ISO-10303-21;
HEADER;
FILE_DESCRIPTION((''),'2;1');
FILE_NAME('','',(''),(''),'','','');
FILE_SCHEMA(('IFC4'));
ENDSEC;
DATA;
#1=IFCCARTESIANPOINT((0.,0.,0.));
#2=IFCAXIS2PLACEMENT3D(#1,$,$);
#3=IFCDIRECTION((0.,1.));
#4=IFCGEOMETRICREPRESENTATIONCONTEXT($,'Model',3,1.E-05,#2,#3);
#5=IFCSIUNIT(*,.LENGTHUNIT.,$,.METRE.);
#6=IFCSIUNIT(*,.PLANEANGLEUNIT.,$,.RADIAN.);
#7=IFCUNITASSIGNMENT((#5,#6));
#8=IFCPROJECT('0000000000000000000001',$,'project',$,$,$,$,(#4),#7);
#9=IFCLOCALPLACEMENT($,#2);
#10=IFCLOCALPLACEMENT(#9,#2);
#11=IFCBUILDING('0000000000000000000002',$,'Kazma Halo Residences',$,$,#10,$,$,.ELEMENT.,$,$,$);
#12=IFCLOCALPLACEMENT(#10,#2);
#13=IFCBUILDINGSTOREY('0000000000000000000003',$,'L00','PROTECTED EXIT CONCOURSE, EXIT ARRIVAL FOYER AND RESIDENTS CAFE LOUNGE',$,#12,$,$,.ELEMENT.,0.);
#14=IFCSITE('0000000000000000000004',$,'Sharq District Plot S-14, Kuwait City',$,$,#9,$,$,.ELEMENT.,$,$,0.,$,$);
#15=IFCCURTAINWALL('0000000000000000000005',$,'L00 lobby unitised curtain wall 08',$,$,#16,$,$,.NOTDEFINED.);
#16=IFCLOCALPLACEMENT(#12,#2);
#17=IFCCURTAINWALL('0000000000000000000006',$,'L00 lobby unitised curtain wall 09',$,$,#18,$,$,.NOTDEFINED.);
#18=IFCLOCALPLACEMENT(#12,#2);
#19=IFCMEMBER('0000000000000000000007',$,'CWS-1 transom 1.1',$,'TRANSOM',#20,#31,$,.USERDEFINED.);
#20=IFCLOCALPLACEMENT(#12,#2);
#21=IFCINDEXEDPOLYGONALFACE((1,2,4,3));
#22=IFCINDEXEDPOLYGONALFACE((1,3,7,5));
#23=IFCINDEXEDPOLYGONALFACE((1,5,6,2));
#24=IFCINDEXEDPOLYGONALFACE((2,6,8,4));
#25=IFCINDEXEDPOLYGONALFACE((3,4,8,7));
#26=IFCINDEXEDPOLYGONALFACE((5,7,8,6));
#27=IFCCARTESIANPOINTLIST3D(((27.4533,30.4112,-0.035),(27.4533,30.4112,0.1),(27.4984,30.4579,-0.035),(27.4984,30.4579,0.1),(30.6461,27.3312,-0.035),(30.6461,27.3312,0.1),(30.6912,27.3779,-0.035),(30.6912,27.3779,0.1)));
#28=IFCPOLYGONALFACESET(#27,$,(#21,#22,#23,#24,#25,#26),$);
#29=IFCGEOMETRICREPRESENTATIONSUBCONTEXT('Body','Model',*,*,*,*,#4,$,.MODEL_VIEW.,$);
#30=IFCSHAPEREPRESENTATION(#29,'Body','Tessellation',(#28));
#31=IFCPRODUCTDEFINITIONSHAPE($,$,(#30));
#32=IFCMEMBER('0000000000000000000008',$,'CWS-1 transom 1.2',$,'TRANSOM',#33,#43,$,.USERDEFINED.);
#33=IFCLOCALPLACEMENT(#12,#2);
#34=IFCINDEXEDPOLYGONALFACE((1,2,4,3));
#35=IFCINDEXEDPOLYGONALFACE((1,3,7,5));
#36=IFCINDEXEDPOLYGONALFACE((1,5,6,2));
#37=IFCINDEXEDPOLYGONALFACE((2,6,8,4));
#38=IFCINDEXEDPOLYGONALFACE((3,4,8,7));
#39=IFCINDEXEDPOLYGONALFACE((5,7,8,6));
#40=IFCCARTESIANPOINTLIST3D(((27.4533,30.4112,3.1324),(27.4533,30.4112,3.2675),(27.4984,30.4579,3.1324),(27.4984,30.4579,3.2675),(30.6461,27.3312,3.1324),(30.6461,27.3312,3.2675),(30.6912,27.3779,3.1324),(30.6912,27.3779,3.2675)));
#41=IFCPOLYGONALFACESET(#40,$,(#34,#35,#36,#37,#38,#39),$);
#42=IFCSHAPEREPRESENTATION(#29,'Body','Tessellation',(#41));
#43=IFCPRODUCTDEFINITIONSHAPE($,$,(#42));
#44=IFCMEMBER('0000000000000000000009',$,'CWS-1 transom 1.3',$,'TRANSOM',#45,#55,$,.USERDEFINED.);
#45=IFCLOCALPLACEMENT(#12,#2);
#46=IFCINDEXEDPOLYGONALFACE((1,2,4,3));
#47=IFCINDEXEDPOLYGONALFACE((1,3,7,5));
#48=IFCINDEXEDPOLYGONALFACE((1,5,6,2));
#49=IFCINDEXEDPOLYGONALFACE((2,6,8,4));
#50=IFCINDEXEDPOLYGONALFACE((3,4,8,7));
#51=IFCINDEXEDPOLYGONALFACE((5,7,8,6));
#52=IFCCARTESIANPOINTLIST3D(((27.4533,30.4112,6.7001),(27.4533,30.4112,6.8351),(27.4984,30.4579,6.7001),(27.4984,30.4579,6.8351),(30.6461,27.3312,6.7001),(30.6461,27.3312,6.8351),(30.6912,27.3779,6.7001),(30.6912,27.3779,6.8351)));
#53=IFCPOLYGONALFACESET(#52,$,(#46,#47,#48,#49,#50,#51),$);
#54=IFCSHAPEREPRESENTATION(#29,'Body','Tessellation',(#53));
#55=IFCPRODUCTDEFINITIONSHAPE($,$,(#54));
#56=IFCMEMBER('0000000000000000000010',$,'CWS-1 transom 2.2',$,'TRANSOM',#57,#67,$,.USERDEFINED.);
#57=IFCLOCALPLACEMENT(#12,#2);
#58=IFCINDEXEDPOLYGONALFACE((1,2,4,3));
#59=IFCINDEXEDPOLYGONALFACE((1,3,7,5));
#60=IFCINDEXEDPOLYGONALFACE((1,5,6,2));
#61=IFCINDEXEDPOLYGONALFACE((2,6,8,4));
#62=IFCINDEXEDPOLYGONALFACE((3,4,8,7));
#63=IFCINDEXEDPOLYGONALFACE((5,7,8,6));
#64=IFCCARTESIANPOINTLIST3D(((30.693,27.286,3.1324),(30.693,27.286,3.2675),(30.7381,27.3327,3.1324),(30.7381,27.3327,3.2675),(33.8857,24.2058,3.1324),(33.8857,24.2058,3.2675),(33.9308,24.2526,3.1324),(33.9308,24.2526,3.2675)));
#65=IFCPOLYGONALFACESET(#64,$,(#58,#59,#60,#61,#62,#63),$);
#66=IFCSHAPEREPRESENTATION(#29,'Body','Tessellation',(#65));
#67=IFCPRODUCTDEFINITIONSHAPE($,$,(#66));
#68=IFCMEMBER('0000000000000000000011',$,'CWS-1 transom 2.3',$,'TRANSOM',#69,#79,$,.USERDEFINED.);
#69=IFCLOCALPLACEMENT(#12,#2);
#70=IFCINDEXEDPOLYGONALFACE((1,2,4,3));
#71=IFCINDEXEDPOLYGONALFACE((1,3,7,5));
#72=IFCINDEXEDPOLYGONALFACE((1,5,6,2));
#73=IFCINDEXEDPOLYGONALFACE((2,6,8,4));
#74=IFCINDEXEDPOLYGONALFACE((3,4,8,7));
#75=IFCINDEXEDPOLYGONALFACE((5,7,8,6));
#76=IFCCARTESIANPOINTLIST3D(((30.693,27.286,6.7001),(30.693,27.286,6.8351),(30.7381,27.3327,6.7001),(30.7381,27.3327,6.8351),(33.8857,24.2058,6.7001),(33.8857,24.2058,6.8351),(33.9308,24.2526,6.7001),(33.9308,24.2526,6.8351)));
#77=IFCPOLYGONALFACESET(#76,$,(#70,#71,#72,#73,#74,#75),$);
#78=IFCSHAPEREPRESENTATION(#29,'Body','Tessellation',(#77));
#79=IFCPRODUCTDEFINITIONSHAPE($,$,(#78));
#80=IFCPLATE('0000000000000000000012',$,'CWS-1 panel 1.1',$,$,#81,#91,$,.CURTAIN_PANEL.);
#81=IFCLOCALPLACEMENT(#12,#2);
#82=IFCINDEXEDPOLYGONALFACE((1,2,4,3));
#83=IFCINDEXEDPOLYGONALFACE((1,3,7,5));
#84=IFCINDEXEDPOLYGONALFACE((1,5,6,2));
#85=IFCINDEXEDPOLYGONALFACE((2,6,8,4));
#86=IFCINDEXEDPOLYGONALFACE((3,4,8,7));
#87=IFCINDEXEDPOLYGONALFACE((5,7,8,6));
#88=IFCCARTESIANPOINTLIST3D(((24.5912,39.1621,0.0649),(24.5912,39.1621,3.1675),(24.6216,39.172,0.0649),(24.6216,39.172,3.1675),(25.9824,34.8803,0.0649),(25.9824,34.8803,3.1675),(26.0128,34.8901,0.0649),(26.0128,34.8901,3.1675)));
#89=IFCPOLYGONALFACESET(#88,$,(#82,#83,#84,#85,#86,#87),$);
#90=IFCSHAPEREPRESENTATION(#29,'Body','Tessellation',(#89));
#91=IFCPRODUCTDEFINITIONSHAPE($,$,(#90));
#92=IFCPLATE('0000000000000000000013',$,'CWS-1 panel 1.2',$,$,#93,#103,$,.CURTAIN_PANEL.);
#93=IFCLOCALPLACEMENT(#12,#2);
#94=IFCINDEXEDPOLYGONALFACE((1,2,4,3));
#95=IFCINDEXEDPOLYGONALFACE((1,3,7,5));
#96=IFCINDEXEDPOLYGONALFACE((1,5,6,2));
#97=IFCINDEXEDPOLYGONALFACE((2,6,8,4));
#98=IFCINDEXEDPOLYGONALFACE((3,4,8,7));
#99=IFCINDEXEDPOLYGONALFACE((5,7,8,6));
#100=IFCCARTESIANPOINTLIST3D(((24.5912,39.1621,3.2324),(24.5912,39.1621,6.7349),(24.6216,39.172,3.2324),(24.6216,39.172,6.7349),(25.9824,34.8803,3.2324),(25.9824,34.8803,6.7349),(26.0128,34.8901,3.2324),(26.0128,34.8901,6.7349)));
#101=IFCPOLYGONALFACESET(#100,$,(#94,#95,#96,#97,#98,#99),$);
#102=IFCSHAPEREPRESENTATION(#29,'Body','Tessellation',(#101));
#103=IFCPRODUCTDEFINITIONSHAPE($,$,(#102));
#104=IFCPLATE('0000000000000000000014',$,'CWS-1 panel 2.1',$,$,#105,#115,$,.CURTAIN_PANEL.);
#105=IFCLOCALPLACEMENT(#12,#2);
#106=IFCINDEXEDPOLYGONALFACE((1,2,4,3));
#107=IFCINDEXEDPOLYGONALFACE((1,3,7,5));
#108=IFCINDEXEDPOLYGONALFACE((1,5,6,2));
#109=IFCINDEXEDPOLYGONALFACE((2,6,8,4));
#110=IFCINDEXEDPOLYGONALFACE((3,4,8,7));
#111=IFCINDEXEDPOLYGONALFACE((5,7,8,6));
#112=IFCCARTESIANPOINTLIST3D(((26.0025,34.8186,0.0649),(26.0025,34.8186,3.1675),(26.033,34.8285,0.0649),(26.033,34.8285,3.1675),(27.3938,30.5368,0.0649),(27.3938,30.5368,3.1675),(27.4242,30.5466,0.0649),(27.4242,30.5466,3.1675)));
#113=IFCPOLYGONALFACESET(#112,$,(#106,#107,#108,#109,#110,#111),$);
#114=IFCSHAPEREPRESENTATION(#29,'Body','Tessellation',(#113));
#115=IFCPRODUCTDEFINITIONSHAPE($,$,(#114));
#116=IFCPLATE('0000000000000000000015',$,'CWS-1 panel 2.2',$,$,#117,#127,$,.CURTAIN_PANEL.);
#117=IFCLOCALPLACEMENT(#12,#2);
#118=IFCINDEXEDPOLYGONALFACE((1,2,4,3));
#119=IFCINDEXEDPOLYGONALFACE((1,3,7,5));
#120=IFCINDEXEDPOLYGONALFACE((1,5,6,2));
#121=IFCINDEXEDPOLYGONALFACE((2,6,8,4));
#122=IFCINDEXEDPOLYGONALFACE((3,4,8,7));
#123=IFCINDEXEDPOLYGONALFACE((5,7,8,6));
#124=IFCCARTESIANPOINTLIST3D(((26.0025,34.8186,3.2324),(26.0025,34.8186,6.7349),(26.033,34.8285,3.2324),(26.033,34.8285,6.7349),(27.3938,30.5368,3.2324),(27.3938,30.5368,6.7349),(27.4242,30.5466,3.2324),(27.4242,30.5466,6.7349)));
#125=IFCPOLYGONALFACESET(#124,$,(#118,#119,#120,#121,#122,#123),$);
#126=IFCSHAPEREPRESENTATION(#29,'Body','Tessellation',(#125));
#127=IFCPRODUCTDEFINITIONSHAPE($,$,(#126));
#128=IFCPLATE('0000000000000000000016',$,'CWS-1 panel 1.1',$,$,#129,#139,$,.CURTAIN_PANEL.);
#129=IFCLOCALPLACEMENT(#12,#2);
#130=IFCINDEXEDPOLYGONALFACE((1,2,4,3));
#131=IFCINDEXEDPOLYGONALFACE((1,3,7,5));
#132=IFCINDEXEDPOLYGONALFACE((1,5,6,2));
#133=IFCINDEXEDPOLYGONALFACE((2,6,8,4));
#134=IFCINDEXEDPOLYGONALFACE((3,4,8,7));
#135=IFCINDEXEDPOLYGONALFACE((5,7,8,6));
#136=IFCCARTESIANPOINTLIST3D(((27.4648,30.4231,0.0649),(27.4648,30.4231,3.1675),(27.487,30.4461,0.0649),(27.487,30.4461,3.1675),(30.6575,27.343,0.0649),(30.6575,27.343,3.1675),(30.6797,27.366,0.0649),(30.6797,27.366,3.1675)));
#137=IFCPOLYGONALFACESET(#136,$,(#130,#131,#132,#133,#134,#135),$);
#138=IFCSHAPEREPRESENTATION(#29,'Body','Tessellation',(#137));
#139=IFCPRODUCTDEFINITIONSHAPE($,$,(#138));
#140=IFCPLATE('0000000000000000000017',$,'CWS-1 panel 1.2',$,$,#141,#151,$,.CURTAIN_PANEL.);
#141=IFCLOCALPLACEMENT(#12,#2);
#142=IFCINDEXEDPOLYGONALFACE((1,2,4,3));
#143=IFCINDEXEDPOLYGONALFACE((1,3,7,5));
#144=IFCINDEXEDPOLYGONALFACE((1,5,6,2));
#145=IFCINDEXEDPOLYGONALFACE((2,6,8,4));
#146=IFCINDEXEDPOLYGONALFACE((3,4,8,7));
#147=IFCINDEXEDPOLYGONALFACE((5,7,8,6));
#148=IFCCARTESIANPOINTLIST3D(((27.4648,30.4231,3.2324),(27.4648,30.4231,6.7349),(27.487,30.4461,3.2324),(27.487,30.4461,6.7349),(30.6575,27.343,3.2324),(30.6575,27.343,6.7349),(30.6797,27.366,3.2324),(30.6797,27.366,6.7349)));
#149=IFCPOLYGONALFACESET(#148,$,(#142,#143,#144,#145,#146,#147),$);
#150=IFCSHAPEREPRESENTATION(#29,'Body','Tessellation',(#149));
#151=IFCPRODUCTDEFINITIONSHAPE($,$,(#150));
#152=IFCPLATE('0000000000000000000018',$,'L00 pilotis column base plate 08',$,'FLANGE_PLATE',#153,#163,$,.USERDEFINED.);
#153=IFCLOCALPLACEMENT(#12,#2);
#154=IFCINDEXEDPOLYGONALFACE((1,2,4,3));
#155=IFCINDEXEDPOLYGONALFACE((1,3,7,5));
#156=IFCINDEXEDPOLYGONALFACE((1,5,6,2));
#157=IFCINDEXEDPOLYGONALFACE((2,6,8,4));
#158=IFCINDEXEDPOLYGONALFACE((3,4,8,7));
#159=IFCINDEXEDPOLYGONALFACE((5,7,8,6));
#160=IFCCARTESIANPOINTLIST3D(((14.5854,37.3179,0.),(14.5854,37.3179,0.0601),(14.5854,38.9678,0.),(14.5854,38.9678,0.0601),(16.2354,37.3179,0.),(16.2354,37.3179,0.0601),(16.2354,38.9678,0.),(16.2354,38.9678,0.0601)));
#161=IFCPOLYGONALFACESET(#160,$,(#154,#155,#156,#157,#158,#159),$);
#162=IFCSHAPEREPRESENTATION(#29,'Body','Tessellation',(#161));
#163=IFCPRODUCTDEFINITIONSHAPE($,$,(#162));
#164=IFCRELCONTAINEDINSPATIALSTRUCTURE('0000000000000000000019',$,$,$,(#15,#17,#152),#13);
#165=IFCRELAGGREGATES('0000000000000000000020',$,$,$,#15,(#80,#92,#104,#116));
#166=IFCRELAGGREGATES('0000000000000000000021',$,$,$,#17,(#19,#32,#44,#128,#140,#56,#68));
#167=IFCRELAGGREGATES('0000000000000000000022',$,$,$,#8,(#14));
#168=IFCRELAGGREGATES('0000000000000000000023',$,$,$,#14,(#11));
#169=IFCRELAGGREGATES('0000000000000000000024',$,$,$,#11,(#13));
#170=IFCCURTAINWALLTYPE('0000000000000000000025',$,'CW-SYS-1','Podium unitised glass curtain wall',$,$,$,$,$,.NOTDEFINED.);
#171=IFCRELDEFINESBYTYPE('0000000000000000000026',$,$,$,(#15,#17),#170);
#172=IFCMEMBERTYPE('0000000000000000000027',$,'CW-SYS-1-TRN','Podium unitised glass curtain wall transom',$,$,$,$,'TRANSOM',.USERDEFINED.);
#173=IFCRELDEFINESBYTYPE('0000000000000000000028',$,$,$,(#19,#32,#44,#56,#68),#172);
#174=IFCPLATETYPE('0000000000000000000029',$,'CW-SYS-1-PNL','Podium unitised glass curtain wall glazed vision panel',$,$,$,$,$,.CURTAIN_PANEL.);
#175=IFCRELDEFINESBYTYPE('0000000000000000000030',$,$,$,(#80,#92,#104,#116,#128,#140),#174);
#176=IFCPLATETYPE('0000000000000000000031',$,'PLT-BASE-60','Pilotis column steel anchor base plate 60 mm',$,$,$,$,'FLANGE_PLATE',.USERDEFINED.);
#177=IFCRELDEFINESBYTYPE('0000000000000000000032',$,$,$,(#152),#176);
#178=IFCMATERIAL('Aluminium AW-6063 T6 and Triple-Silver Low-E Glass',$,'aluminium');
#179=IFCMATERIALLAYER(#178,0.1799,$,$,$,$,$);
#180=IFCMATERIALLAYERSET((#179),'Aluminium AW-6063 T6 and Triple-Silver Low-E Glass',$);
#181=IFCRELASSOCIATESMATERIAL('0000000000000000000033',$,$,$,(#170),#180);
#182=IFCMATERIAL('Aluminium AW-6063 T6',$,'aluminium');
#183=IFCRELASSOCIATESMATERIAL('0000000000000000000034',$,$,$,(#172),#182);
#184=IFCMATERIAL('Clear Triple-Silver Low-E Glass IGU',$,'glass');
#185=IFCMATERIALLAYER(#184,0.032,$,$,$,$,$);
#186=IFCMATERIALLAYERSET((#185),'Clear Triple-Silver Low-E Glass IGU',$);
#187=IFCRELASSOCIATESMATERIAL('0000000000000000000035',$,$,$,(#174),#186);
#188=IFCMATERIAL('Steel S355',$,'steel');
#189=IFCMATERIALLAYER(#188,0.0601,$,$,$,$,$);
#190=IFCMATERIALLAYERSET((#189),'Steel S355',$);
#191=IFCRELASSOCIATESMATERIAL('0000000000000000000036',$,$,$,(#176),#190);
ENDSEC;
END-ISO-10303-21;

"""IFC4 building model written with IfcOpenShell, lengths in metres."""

from ifc_helpers import new_model, si_unit, direction, frame, origin, origin_2d, place, context, subcontext, project, spatial, rectangle, extrude, material, layer, layer_set, material_profile, profile_set, type_object, element, aggregate, save


model = new_model("IFC4")

# Units and contexts
model_context = context("Model", 3, precision=1e-05, world=origin(), true_north=direction((0.0, 1.0)))
body_context = subcontext(model_context, "Body", "Model", "MODEL_VIEW")
ifc_project = project(units=[si_unit("LENGTHUNIT", "METRE"), si_unit("PLANEANGLEUNIT", "RADIAN")], contexts=[model_context])

# Site, building, storey
site_placement = place(None, origin())
site = spatial("IfcSite", under=ifc_project, at=site_placement, Name="Sharq District Plot S-14, Kuwait City", CompositionType="ELEMENT", RefElevation=0.0)
building_placement = place(site_placement, origin())
building = spatial("IfcBuilding", under=site, at=building_placement, Name="Kazma Halo Residences", CompositionType="ELEMENT")
storey_placement = place(building_placement, origin())
storey = spatial("IfcBuildingStorey", under=building, at=storey_placement, Name="L00", Description="PROTECTED EXIT CONCOURSE, EXIT ARRIVAL FOYER AND RESIDENTS CAFE LOUNGE", CompositionType="ELEMENT", Elevation=0.0)

# Shared definitions
ifc_material_1 = material(Name="Steel S355", Category="steel")

# Curtain walls
ifc_material_2 = material(Name="Aluminium AW-6063 T6 and Triple-Silver Low-E Glass", Category="aluminium")
ifc_layer_1 = layer(ifc_material_2, 0.1799)
ifc_layer_set_1 = layer_set([ifc_layer_1], Name="Aluminium AW-6063 T6 and Triple-Silver Low-E Glass")
curtain_wall_type = type_object("IfcCurtainWallType", Name="CW-SYS-1", Description="Podium unitised glass curtain wall", PredefinedType="NOTDEFINED", material=ifc_layer_set_1)
curtain_wall_1_placement = place(storey_placement, origin())
curtain_wall_1 = element("IfcCurtainWall", 1, at=curtain_wall_1_placement, inside=storey, type_object=curtain_wall_type, Name="L00 lobby unitised curtain wall 08", PredefinedType="NOTDEFINED")
ifc_material_3 = material(Name="Aluminium AW-6063 T6", Category="aluminium")
curtain_wall_2_placement = place(storey_placement, origin())
curtain_wall_2 = element("IfcCurtainWall", 2, at=curtain_wall_2_placement, inside=storey, type_object=curtain_wall_type, Name="L00 lobby unitised curtain wall 09", PredefinedType="NOTDEFINED")

# Members
ifc_material_profile_1 = material_profile(ifc_material_3, rectangle(XDim=0.0649, YDim=0.135, at=origin_2d()), Name="CWT-65x135")
ifc_profile_set_1 = profile_set([ifc_material_profile_1], Name="Aluminium AW-6063 T6")
member_type_1 = type_object("IfcMemberType", Name="CW-SYS-1-TRN", Description="Podium unitised glass curtain wall transom", ElementType="TRANSOM", PredefinedType="USERDEFINED", material=ifc_profile_set_1)
member_1_placement = place(storey_placement, frame((27.4758, 30.4346, 0.0325), z_axis=(0.719705, -0.69428, 0.0), x_axis=(0.69428, 0.719705, 0.0)))
member_1 = element("IfcMember", 3, at=member_1_placement, type_object=member_type_1, Name="CWS-1 transom 1.1", ObjectType="TRANSOM", PredefinedType="USERDEFINED", context=body_context, shape_type="SweptSolid", body=[
    extrude(rectangle(XDim=0.0649, YDim=0.135, at=origin_2d()), origin(), (0.0, 0.0, 1.0), 4.4363),
])
member_2_placement = place(storey_placement, frame((27.4758, 30.4346, 3.2), z_axis=(0.719705, -0.69428, 0.0), x_axis=(0.69428, 0.719705, 0.0)))
member_2 = element("IfcMember", 4, at=member_2_placement, type_object=member_type_1, Name="CWS-1 transom 1.2", ObjectType="TRANSOM", PredefinedType="USERDEFINED", context=body_context, shape_type="SweptSolid", body=[
    extrude(rectangle(XDim=0.0649, YDim=0.135, at=origin_2d()), origin(), (0.0, 0.0, 1.0), 4.4363),
])
member_3_placement = place(storey_placement, frame((27.4758, 30.4346, 6.7676), z_axis=(0.719705, -0.69428, 0.0), x_axis=(0.69428, 0.719705, 0.0)))
member_3 = element("IfcMember", 5, at=member_3_placement, type_object=member_type_1, Name="CWS-1 transom 1.3", ObjectType="TRANSOM", PredefinedType="USERDEFINED", context=body_context, shape_type="SweptSolid", body=[
    extrude(rectangle(XDim=0.0649, YDim=0.135, at=origin_2d()), origin(), (0.0, 0.0, 1.0), 4.4363),
])
member_4_placement = place(storey_placement, frame((30.7156, 27.3093, 3.2), z_axis=(0.719678, -0.694308, 0.0), x_axis=(0.694308, 0.719678, 0.0)))
member_4 = element("IfcMember", 6, at=member_4_placement, type_object=member_type_1, Name="CWS-1 transom 2.2", ObjectType="TRANSOM", PredefinedType="USERDEFINED", context=body_context, shape_type="SweptSolid", body=[
    extrude(rectangle(XDim=0.0649, YDim=0.135, at=origin_2d()), origin(), (0.0, 0.0, 1.0), 4.4363),
])
member_5_placement = place(storey_placement, frame((30.7156, 27.3093, 6.7676), z_axis=(0.719678, -0.694308, 0.0), x_axis=(0.694308, 0.719678, 0.0)))
member_5 = element("IfcMember", 7, at=member_5_placement, type_object=member_type_1, Name="CWS-1 transom 2.3", ObjectType="TRANSOM", PredefinedType="USERDEFINED", context=body_context, shape_type="SweptSolid", body=[
    extrude(rectangle(XDim=0.0649, YDim=0.135, at=origin_2d()), origin(), (0.0, 0.0, 1.0), 4.4363),
])

# Plates
ifc_material_4 = material(Name="Clear Triple-Silver Low-E Glass IGU", Category="glass")
ifc_layer_2 = layer(ifc_material_4, 0.032)
ifc_layer_set_2 = layer_set([ifc_layer_2], Name="Clear Triple-Silver Low-E Glass IGU")
plate_type_1 = type_object("IfcPlateType", Name="CW-SYS-1-PNL", Description="Podium unitised glass curtain wall glazed vision panel", PredefinedType="CURTAIN_PANEL", material=ifc_layer_set_2)
plate_1_placement = place(storey_placement, frame((25.302, 37.0261, 0.0649), z_axis=(0.0, 0.0, 1.0), x_axis=(0.309015, -0.951057, 0.0)))
plate_1 = element("IfcPlate", 8, at=plate_1_placement, type_object=plate_type_1, Name="CWS-1 panel 1.1", PredefinedType="CURTAIN_PANEL", context=body_context, shape_type="SweptSolid", body=[
    extrude(rectangle(XDim=4.5022, YDim=0.032, at=origin_2d()), origin(), (0.0, 0.0, 1.0), 3.1025),
])
plate_2_placement = place(storey_placement, frame((25.302, 37.0261, 3.2324), z_axis=(0.0, 0.0, 1.0), x_axis=(0.309015, -0.951057, 0.0)))
plate_2 = element("IfcPlate", 9, at=plate_2_placement, type_object=plate_type_1, Name="CWS-1 panel 1.2", PredefinedType="CURTAIN_PANEL", context=body_context, shape_type="SweptSolid", body=[
    extrude(rectangle(XDim=4.5022, YDim=0.032, at=origin_2d()), origin(), (0.0, 0.0, 1.0), 3.5024),
])
plate_3_placement = place(storey_placement, frame((26.7134, 32.6826, 0.0649), z_axis=(0.0, 0.0, 1.0), x_axis=(0.309015, -0.951057, 0.0)))
plate_3 = element("IfcPlate", 10, at=plate_3_placement, type_object=plate_type_1, Name="CWS-1 panel 2.1", PredefinedType="CURTAIN_PANEL", context=body_context, shape_type="SweptSolid", body=[
    extrude(rectangle(XDim=4.5022, YDim=0.032, at=origin_2d()), origin(), (0.0, 0.0, 1.0), 3.1025),
])
plate_4_placement = place(storey_placement, frame((26.7134, 32.6826, 3.2324), z_axis=(0.0, 0.0, 1.0), x_axis=(0.309015, -0.951057, 0.0)))
plate_4 = element("IfcPlate", 11, at=plate_4_placement, type_object=plate_type_1, Name="CWS-1 panel 2.2", PredefinedType="CURTAIN_PANEL", context=body_context, shape_type="SweptSolid", body=[
    extrude(rectangle(XDim=4.5022, YDim=0.032, at=origin_2d()), origin(), (0.0, 0.0, 1.0), 3.5024),
])
aggregate(curtain_wall_1, [plate_1, plate_2, plate_3, plate_4])
plate_5_placement = place(storey_placement, frame((29.0723, 28.8945, 0.0649), z_axis=(0.0, 0.0, 1.0), x_axis=(0.719692, -0.694294, 0.0)))
plate_5 = element("IfcPlate", 12, at=plate_5_placement, type_object=plate_type_1, Name="CWS-1 panel 1.1", PredefinedType="CURTAIN_PANEL", context=body_context, shape_type="SweptSolid", body=[
    extrude(rectangle(XDim=4.4363, YDim=0.032, at=origin_2d()), origin(), (0.0, 0.0, 1.0), 3.1025),
])
plate_6_placement = place(storey_placement, frame((29.0723, 28.8945, 3.2324), z_axis=(0.0, 0.0, 1.0), x_axis=(0.719692, -0.694294, 0.0)))
plate_6 = element("IfcPlate", 13, at=plate_6_placement, type_object=plate_type_1, Name="CWS-1 panel 1.2", PredefinedType="CURTAIN_PANEL", context=body_context, shape_type="SweptSolid", body=[
    extrude(rectangle(XDim=4.4363, YDim=0.032, at=origin_2d()), origin(), (0.0, 0.0, 1.0), 3.5024),
])
aggregate(curtain_wall_2, [member_1, member_2, member_3, plate_5, plate_6, member_4, member_5])
ifc_layer_3 = layer(ifc_material_1, 0.0601)
ifc_layer_set_3 = layer_set([ifc_layer_3], Name="Steel S355")
plate_type_2 = type_object("IfcPlateType", Name="PLT-BASE-60", Description="Pilotis column steel anchor base plate 60 mm", ElementType="FLANGE_PLATE", PredefinedType="USERDEFINED", material=ifc_layer_set_3)
plate_7_placement = place(storey_placement, frame((15.4104, 38.1428, 0.0), z_axis=(0.0, 0.0, 1.0), x_axis=(1.0, 0.0, 0.0)))
element("IfcPlate", 14, at=plate_7_placement, inside=storey, type_object=plate_type_2, Name="L00 pilotis column base plate 08", ObjectType="FLANGE_PLATE", PredefinedType="USERDEFINED", context=body_context, shape_type="SweptSolid", body=[
    extrude(rectangle(XDim=1.6499, YDim=1.6499, at=origin_2d()), origin(), (0.0, 0.0, 1.0), 0.0601),
])

save(model, "model.ifc")
